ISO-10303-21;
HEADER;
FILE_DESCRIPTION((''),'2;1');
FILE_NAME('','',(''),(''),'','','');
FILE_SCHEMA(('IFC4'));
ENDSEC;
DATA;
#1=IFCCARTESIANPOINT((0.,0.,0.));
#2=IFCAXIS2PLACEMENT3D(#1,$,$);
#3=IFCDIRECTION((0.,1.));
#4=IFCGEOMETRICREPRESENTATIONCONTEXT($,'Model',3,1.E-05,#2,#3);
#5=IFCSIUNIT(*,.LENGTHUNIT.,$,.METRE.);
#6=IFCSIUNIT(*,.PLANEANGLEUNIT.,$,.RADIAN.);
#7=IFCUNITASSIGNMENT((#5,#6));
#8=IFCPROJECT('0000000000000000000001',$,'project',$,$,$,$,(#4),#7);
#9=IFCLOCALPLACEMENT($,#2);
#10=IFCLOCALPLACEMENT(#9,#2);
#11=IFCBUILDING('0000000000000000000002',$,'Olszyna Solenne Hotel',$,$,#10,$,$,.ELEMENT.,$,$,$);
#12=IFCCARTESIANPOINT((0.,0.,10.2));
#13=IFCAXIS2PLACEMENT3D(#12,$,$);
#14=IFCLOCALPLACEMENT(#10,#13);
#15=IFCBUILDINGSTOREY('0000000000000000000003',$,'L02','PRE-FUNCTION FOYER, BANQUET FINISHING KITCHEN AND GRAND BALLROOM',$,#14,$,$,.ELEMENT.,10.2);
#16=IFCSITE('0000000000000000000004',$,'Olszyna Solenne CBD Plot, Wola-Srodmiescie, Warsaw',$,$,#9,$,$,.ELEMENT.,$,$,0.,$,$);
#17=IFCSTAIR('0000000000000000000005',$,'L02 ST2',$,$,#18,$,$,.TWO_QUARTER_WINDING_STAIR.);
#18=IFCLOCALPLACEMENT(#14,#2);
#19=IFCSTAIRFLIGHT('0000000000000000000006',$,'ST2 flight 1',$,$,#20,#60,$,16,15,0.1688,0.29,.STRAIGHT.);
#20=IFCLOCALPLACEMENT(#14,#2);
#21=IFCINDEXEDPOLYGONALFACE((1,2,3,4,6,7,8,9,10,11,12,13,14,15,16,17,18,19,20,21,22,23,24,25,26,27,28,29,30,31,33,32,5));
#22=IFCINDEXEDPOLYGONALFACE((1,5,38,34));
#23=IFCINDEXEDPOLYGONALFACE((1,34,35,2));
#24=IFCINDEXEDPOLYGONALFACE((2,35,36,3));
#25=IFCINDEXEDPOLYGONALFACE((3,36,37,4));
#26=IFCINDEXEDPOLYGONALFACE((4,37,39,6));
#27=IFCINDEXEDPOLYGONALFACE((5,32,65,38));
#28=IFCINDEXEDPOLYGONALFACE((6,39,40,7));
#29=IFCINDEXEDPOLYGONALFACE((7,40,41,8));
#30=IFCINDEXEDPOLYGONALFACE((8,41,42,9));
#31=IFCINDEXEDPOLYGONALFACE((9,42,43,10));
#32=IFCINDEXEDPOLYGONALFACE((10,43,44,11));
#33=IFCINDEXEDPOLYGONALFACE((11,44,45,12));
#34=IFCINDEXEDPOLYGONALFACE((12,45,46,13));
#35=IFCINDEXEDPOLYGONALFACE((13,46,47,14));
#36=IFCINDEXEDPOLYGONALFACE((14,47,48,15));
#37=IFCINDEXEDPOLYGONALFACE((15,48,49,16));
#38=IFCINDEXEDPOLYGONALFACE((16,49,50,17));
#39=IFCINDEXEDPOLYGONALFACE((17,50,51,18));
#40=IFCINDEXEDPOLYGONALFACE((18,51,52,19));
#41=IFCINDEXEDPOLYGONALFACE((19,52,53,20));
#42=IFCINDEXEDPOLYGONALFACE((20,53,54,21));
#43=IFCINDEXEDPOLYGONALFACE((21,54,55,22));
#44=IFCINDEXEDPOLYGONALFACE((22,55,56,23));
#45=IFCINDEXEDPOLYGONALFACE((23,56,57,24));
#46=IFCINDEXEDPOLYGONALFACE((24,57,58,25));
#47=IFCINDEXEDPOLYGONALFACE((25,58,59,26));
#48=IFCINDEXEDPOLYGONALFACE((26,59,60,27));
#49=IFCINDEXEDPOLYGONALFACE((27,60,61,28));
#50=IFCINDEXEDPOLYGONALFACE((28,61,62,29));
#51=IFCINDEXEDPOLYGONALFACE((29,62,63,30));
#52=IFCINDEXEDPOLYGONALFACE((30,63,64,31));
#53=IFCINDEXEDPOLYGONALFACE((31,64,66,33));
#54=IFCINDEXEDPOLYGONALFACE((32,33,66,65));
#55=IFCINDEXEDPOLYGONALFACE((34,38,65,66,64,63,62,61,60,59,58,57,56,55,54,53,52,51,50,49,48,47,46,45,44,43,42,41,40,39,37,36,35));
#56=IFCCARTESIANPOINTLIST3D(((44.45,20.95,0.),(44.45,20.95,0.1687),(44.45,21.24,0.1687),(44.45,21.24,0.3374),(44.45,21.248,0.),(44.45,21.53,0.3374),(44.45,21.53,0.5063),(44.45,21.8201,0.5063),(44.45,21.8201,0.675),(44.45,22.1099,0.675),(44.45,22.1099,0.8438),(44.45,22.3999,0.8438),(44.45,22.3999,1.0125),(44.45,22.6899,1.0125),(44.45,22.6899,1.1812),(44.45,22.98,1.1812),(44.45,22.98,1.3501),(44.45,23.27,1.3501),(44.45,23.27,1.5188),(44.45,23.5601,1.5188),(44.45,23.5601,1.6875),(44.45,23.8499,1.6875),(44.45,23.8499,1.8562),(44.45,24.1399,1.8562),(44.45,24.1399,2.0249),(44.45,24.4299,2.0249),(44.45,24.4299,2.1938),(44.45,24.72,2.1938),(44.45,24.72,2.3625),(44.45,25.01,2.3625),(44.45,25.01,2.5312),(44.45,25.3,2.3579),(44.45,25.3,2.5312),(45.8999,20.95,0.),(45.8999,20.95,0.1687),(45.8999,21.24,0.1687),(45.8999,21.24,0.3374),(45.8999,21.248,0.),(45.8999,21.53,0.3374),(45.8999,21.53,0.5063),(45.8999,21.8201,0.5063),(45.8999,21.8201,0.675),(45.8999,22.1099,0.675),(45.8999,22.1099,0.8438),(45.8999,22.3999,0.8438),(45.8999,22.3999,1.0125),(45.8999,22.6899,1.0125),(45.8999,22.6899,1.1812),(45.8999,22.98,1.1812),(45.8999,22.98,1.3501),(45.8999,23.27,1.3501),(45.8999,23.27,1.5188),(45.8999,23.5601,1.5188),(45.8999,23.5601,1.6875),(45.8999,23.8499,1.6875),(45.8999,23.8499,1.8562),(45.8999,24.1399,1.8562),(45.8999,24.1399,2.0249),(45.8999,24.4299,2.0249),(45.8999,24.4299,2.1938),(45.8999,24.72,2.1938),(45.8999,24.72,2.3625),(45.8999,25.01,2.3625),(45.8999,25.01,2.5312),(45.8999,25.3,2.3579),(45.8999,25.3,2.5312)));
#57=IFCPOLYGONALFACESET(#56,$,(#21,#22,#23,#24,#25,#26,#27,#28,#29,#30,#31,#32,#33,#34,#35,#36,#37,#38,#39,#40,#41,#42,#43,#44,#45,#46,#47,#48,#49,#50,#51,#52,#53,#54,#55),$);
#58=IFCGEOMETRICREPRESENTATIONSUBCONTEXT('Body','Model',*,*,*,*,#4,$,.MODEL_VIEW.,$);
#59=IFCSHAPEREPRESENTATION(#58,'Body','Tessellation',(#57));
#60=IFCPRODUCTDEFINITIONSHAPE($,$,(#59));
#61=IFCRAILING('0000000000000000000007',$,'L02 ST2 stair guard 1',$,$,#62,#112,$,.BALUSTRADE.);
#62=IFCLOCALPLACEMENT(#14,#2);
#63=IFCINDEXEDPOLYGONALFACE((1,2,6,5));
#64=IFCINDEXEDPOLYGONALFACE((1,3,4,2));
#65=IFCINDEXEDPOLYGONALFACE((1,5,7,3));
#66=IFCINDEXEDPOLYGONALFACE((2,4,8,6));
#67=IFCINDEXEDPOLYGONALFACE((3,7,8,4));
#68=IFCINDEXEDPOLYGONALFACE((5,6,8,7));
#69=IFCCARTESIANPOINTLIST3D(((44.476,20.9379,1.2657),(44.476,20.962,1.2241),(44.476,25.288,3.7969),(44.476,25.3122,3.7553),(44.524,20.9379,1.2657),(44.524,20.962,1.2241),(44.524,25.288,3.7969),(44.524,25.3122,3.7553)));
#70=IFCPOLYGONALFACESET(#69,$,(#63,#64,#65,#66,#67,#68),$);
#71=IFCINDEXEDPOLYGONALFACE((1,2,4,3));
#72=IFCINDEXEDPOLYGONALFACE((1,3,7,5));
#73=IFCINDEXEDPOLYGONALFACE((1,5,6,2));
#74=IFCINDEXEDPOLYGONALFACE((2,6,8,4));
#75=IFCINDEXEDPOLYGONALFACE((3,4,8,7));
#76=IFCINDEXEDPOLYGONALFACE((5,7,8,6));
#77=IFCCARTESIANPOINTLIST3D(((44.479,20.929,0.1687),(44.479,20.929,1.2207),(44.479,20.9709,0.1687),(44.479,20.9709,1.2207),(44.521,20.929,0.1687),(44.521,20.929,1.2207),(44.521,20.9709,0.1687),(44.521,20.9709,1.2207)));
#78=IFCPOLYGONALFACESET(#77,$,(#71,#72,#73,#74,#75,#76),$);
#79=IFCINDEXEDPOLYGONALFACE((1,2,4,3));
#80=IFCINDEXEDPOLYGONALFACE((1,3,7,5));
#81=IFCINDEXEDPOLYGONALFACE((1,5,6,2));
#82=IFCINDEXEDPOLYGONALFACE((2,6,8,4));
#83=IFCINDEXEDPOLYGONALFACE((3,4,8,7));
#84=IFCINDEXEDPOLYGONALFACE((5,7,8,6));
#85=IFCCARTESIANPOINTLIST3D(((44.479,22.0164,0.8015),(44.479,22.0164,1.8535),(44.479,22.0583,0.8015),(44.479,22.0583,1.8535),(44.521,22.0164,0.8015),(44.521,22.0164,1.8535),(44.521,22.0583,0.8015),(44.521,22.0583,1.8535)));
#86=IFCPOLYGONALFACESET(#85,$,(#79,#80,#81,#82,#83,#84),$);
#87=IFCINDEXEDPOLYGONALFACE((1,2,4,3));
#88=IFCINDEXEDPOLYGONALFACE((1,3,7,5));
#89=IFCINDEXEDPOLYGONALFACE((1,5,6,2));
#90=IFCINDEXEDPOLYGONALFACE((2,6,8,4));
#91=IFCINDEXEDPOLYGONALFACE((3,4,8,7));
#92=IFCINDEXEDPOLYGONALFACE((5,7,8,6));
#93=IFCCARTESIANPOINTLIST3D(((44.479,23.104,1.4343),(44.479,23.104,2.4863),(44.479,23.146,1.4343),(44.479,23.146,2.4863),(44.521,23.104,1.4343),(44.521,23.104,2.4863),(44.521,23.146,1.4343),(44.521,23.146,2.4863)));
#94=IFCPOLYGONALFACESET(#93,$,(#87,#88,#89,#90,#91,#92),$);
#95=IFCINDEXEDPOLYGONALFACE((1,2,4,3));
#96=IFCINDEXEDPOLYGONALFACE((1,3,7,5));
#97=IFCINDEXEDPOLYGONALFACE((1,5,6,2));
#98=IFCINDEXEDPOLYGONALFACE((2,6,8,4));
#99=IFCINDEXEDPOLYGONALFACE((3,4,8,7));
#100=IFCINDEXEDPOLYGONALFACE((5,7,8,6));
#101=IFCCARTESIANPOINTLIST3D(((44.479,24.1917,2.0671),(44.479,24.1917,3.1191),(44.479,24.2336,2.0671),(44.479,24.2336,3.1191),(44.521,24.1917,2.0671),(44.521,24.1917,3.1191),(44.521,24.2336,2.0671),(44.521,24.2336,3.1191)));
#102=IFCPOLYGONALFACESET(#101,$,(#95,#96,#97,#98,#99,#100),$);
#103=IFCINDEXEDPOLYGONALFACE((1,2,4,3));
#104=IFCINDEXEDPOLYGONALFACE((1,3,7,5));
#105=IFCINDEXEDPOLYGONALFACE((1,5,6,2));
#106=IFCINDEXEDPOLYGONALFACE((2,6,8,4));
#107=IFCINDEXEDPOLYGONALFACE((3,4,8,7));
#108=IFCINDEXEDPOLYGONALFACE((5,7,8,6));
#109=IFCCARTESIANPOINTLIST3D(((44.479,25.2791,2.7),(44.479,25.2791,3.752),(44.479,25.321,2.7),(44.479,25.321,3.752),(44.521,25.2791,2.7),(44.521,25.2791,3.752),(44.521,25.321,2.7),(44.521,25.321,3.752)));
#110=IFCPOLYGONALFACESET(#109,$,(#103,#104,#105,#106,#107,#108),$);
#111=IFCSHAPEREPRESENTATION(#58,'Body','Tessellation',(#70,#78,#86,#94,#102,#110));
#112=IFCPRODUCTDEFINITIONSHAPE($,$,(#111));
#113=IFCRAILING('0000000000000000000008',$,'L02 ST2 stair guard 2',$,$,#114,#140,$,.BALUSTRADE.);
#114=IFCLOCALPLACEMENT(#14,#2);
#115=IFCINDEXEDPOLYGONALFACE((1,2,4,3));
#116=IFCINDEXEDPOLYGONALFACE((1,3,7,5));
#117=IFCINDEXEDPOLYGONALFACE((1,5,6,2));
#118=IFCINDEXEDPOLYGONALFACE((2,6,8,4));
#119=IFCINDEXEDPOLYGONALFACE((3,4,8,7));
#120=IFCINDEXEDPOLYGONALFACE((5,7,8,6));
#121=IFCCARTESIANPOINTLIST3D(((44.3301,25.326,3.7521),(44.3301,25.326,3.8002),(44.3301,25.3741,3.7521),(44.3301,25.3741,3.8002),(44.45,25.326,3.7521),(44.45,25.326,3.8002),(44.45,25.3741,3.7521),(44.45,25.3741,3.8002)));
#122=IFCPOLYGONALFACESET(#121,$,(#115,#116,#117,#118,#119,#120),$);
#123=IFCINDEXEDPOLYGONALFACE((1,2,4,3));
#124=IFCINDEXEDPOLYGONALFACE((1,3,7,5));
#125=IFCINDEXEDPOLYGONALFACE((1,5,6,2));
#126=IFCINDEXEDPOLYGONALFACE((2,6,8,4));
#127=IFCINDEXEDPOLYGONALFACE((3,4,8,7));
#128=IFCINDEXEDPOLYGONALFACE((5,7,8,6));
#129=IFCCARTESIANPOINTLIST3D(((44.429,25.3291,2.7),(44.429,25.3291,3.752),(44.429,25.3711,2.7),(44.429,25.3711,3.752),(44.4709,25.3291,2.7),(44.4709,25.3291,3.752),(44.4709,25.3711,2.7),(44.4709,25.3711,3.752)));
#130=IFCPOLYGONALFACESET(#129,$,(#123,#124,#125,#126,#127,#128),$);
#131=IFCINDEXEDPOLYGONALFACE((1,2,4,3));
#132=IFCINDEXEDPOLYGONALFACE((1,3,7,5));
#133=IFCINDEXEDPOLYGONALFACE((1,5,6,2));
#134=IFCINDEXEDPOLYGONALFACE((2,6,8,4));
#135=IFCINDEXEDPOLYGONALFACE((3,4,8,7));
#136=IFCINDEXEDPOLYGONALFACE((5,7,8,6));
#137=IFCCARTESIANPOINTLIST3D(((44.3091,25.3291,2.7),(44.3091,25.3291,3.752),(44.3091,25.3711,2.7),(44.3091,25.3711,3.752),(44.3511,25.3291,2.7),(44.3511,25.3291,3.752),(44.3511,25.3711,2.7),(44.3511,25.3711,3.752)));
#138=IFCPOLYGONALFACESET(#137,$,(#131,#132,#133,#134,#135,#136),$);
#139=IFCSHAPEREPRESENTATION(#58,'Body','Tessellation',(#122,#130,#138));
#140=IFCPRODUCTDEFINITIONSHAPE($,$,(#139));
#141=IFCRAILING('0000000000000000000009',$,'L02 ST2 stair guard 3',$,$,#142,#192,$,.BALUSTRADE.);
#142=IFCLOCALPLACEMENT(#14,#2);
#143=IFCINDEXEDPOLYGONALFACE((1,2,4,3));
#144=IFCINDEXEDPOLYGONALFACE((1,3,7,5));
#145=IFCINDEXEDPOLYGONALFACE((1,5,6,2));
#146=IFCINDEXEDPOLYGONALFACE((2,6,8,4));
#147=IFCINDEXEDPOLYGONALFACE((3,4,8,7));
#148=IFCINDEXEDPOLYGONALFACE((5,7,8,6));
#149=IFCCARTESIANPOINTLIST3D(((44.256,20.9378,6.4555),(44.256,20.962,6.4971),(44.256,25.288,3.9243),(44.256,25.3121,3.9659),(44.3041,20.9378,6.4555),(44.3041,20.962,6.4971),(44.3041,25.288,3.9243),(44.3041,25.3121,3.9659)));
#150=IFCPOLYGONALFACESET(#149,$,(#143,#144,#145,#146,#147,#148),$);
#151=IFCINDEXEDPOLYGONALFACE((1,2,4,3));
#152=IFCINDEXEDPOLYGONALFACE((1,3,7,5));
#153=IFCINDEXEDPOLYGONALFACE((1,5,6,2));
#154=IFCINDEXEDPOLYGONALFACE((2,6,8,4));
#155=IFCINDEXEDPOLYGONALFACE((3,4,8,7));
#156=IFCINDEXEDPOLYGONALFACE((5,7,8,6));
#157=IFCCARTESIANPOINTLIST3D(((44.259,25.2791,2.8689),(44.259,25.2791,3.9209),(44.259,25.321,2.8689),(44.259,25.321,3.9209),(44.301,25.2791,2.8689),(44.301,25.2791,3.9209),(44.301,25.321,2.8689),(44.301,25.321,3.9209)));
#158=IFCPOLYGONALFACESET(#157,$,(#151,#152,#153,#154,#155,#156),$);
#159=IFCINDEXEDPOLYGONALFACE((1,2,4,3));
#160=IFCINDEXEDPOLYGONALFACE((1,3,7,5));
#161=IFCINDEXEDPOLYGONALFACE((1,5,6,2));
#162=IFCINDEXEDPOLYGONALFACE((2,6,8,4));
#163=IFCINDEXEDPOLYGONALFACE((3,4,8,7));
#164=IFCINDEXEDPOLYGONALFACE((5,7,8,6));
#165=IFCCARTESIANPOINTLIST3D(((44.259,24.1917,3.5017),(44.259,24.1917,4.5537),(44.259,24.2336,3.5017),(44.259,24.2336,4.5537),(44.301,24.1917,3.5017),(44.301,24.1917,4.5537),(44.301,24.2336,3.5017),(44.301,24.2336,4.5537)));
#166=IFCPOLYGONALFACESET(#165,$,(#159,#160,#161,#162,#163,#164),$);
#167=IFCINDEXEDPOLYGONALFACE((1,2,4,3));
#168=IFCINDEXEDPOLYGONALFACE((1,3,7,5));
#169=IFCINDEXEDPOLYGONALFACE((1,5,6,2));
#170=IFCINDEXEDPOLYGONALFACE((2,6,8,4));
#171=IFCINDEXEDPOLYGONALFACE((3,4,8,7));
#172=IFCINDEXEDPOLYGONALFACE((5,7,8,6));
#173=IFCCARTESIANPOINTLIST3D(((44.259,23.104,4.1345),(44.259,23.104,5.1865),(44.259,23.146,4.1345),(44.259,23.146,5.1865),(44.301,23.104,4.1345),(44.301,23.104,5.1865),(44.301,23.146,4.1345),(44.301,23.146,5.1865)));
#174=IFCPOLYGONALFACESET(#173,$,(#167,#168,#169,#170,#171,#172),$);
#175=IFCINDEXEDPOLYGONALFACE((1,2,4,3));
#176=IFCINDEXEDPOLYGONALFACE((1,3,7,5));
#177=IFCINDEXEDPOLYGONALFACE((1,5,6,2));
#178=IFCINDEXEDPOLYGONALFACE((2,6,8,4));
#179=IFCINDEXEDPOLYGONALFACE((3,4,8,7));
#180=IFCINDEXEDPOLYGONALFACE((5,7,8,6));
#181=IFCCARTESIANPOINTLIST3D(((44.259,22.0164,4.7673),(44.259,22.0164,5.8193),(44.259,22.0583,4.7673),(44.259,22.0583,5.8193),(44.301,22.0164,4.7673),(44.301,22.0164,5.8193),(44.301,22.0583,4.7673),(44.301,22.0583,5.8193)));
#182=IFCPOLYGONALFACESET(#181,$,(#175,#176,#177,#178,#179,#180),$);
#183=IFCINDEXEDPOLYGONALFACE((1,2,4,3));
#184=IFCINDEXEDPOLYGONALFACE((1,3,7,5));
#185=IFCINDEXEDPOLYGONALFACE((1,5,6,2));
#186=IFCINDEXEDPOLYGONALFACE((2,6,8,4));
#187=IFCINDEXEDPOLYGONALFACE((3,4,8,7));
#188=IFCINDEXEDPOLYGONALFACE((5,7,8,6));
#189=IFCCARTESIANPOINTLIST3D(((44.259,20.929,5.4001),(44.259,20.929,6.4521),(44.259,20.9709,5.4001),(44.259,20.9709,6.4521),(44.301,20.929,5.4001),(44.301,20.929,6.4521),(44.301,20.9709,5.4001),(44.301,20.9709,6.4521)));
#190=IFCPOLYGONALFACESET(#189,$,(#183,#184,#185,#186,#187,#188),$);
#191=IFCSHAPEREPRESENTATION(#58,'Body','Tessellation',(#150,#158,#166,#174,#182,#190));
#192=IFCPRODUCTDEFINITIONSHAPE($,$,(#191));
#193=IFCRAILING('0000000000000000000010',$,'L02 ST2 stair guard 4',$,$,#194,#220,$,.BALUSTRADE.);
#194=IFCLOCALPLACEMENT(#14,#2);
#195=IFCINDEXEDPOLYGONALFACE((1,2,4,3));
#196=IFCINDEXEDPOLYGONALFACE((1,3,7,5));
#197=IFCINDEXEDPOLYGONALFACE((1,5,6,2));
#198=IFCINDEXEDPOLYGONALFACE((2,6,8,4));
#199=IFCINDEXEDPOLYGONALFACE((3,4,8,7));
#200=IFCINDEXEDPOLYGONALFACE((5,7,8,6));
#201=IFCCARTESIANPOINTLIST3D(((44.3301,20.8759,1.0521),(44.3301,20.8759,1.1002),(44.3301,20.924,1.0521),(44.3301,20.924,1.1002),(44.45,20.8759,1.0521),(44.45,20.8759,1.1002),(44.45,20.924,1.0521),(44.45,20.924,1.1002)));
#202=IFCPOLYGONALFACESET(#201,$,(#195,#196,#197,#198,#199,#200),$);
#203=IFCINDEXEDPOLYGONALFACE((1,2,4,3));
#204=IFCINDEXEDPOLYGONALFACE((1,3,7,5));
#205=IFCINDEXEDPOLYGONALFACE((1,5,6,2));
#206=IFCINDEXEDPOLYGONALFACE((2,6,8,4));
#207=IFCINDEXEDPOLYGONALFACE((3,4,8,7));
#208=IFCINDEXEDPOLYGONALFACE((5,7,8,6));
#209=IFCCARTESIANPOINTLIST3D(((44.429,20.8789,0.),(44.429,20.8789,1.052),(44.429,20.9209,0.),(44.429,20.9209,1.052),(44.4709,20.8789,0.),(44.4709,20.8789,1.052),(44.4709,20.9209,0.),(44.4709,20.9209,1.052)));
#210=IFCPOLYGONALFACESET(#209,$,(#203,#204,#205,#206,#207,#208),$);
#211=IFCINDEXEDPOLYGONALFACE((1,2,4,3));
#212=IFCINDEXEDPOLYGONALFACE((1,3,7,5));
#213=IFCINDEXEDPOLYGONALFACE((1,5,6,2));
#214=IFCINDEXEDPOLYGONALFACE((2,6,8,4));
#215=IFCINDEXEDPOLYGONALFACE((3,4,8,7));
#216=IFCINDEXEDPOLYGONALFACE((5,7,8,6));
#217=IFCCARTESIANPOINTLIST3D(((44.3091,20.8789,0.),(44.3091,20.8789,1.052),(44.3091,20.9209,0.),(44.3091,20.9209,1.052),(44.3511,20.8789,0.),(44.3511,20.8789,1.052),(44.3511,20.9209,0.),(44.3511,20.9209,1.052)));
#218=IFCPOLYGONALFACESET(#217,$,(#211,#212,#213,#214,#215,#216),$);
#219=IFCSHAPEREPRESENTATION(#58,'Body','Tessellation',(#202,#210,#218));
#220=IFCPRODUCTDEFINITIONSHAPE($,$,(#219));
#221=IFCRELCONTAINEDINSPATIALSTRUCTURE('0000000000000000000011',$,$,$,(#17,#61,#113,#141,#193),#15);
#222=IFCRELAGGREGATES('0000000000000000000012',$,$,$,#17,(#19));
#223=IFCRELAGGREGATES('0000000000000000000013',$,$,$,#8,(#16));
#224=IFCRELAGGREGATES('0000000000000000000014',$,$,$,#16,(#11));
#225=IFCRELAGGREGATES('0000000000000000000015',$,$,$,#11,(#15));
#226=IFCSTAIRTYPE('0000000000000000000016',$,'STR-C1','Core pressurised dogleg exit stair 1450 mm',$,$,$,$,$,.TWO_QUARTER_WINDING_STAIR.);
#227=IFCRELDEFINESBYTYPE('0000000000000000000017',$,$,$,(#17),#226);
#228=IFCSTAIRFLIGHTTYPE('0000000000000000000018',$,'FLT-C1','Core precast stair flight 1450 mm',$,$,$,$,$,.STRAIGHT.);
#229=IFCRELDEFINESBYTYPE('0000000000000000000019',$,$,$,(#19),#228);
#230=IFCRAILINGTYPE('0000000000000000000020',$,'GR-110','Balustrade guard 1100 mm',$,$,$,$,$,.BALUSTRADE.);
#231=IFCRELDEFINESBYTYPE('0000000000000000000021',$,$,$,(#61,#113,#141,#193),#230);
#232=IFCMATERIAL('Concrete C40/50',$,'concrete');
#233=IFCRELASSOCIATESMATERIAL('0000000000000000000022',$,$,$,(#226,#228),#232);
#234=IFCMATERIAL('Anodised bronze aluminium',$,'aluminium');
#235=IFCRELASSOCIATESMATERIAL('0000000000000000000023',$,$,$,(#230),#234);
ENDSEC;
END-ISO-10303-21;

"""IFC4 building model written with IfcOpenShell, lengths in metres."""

from ifc_helpers import new_model, si_unit, direction, frame, origin, origin_2d, place, context, subcontext, project, spatial, polyline, rectangle, outline, extrude, material, type_object, element, aggregate, save


model = new_model("IFC4")

# Units and contexts
model_context = context("Model", 3, precision=1e-05, world=origin(), true_north=direction((0.0, 1.0)))
body_context = subcontext(model_context, "Body", "Model", "MODEL_VIEW")
ifc_project = project(units=[si_unit("LENGTHUNIT", "METRE"), si_unit("PLANEANGLEUNIT", "RADIAN")], contexts=[model_context])

# Site, building, storey
site_placement = place(None, origin())
site = spatial("IfcSite", under=ifc_project, at=site_placement, Name="Olszyna Solenne CBD Plot, Wola-Srodmiescie, Warsaw", CompositionType="ELEMENT", RefElevation=0.0)
building_placement = place(site_placement, origin())
building = spatial("IfcBuilding", under=site, at=building_placement, Name="Olszyna Solenne Hotel", CompositionType="ELEMENT")
storey_placement = place(building_placement, frame((0.0, 0.0, 10.2)))
storey = spatial("IfcBuildingStorey", under=building, at=storey_placement, Name="L02", Description="PRE-FUNCTION FOYER, BANQUET FINISHING KITCHEN AND GRAND BALLROOM", CompositionType="ELEMENT", Elevation=10.2)

# Stair, stair flight
ifc_material_1 = material(Name="Concrete C40/50", Category="concrete")
stair_type = type_object("IfcStairType", Name="STR-C1", Description="Core pressurised dogleg exit stair 1450 mm", PredefinedType="TWO_QUARTER_WINDING_STAIR", material=ifc_material_1)
stair_placement = place(storey_placement, origin())
stair = element("IfcStair", 1, at=stair_placement, inside=storey, type_object=stair_type, Name="L02 ST2", PredefinedType="TWO_QUARTER_WINDING_STAIR")
stair_flight_type = type_object("IfcStairFlightType", Name="FLT-C1", Description="Core precast stair flight 1450 mm", PredefinedType="STRAIGHT", material=ifc_material_1)
stair_flight_placement = place(storey_placement, frame((45.175, 20.95, 0.0), z_axis=(0.0, 0.0, 1.0), x_axis=(0.0, 1.0, 0.0)))
stair_flight = element("IfcStairFlight", 2, at=stair_flight_placement, type_object=stair_flight_type, Name="ST2 flight 1", NumberOfRisers=16, NumberOfTreads=15, PredefinedType="STRAIGHT", RiserHeight=0.1688, TreadLength=0.29, context=body_context, shape_type="SweptSolid", body=[
    extrude(outline(polyline([(0.0, 0.0), (0.0, 0.1687), (0.29, 0.1687), (0.29, 0.3374), (0.5801, 0.3374), (0.5801, 0.5063), (0.8701, 0.5063), (0.8701, 0.675), (1.1599, 0.675), (1.1599, 0.8438), (1.45, 0.8438), (1.45, 1.0125), (1.74, 1.0125), (1.74, 1.1812), (2.03, 1.1812), (2.03, 1.3501), (2.3201, 1.3501), (2.3201, 1.5188), (2.6101, 1.5188), (2.6101, 1.6875), (2.8999, 1.6875), (2.8999, 1.8562), (3.1899, 1.8562), (3.1899, 2.0249), (3.48, 2.0249), (3.48, 2.1938), (3.77, 2.1938), (3.77, 2.3625), (4.0601, 2.3625), (4.0601, 2.5312), (4.3501, 2.5312), (4.3501, 2.7), (4.3501, 2.3579), (0.2981, 0.0), (0.0, 0.0)])), frame((0.0, 0.7251, 0.0), z_axis=(0.0, -1.0, 0.0), x_axis=(1.0, 0.0, 0.0)), (0.0, 0.0, 1.0), 1.45),
])
aggregate(stair, [stair_flight])

# Railings
ifc_material_2 = material(Name="Anodised bronze aluminium", Category="aluminium")
railing_type_1 = type_object("IfcRailingType", Name="GR-110", Description="Balustrade guard 1100 mm", PredefinedType="BALUSTRADE", material=ifc_material_2)
railing_1_placement = place(storey_placement, frame((44.5, 20.95, 0.1687)))
element("IfcRailing", 3, at=railing_1_placement, inside=storey, type_object=railing_type_1, Name="L02 ST2 stair guard 1", PredefinedType="BALUSTRADE", context=body_context, shape_type="SweptSolid", body=[
    extrude(rectangle(XDim=0.0481, YDim=0.0481, at=origin_2d()), frame((0.0, 0.0, 1.0762), z_axis=(0.0, 0.864324, 0.502936), x_axis=(-1.0, 0.0, 0.0)), (0.0, 0.0, 1.0), 5.033),
    extrude(rectangle(XDim=0.042, YDim=0.042, at=origin_2d()), origin(), (0.0, 0.0, 1.0), 1.052),
    extrude(rectangle(XDim=0.042, YDim=0.042, at=origin_2d()), frame((0.0, 1.0874, 0.6328)), (0.0, 0.0, 1.0), 1.052),
    extrude(rectangle(XDim=0.042, YDim=0.042, at=origin_2d()), frame((0.0, 2.175, 1.2656)), (0.0, 0.0, 1.0), 1.052),
    extrude(rectangle(XDim=0.042, YDim=0.042, at=origin_2d()), frame((0.0, 3.2627, 1.8984)), (0.0, 0.0, 1.0), 1.052),
    extrude(rectangle(XDim=0.042, YDim=0.042, at=origin_2d()), frame((0.0, 4.3501, 2.5312)), (0.0, 0.0, 1.0), 1.052),
])
railing_2_placement = place(storey_placement, frame((44.45, 25.3501, 2.7)))
element("IfcRailing", 4, at=railing_2_placement, inside=storey, type_object=railing_type_1, Name="L02 ST2 stair guard 2", PredefinedType="BALUSTRADE", context=body_context, shape_type="SweptSolid", body=[
    extrude(rectangle(XDim=0.0481, YDim=0.0481, at=origin_2d()), frame((0.0, 0.0, 1.0762), z_axis=(-1.0, 0.0, 0.0), x_axis=(0.0, -1.0, 0.0)), (0.0, 0.0, 1.0), 0.1199),
    extrude(rectangle(XDim=0.042, YDim=0.042, at=origin_2d()), origin(), (0.0, 0.0, 1.0), 1.052),
    extrude(rectangle(XDim=0.042, YDim=0.042, at=origin_2d()), frame((-0.1199, 0.0, 0.0)), (0.0, 0.0, 1.0), 1.052),
])
railing_3_placement = place(storey_placement, frame((44.28, 25.3, 2.8689)))
element("IfcRailing", 5, at=railing_3_placement, inside=storey, type_object=railing_type_1, Name="L02 ST2 stair guard 3", PredefinedType="BALUSTRADE", context=body_context, shape_type="SweptSolid", body=[
    extrude(rectangle(XDim=0.0481, YDim=0.0481, at=origin_2d()), frame((0.0, 0.0, 1.0762), z_axis=(0.0, -0.864324, 0.502936), x_axis=(1.0, 0.0, 0.0)), (0.0, 0.0, 1.0), 5.033),
    extrude(rectangle(XDim=0.042, YDim=0.042, at=origin_2d()), origin(), (0.0, 0.0, 1.0), 1.052),
    extrude(rectangle(XDim=0.042, YDim=0.042, at=origin_2d()), frame((0.0, -1.0874, 0.6328)), (0.0, 0.0, 1.0), 1.052),
    extrude(rectangle(XDim=0.042, YDim=0.042, at=origin_2d()), frame((0.0, -2.175, 1.2656)), (0.0, 0.0, 1.0), 1.052),
    extrude(rectangle(XDim=0.042, YDim=0.042, at=origin_2d()), frame((0.0, -3.2627, 1.8984)), (0.0, 0.0, 1.0), 1.052),
    extrude(rectangle(XDim=0.042, YDim=0.042, at=origin_2d()), frame((0.0, -4.3501, 2.5312)), (0.0, 0.0, 1.0), 1.052),
])
railing_4_placement = place(storey_placement, frame((44.45, 20.8999, 0.0)))
element("IfcRailing", 6, at=railing_4_placement, inside=storey, type_object=railing_type_1, Name="L02 ST2 stair guard 4", PredefinedType="BALUSTRADE", context=body_context, shape_type="SweptSolid", body=[
    extrude(rectangle(XDim=0.0481, YDim=0.0481, at=origin_2d()), frame((0.0, 0.0, 1.0762), z_axis=(-1.0, 0.0, 0.0), x_axis=(0.0, -1.0, 0.0)), (0.0, 0.0, 1.0), 0.1199),
    extrude(rectangle(XDim=0.042, YDim=0.042, at=origin_2d()), origin(), (0.0, 0.0, 1.0), 1.052),
    extrude(rectangle(XDim=0.042, YDim=0.042, at=origin_2d()), frame((-0.1199, 0.0, 0.0)), (0.0, 0.0, 1.0), 1.052),
])

save(model, "model.ifc")
